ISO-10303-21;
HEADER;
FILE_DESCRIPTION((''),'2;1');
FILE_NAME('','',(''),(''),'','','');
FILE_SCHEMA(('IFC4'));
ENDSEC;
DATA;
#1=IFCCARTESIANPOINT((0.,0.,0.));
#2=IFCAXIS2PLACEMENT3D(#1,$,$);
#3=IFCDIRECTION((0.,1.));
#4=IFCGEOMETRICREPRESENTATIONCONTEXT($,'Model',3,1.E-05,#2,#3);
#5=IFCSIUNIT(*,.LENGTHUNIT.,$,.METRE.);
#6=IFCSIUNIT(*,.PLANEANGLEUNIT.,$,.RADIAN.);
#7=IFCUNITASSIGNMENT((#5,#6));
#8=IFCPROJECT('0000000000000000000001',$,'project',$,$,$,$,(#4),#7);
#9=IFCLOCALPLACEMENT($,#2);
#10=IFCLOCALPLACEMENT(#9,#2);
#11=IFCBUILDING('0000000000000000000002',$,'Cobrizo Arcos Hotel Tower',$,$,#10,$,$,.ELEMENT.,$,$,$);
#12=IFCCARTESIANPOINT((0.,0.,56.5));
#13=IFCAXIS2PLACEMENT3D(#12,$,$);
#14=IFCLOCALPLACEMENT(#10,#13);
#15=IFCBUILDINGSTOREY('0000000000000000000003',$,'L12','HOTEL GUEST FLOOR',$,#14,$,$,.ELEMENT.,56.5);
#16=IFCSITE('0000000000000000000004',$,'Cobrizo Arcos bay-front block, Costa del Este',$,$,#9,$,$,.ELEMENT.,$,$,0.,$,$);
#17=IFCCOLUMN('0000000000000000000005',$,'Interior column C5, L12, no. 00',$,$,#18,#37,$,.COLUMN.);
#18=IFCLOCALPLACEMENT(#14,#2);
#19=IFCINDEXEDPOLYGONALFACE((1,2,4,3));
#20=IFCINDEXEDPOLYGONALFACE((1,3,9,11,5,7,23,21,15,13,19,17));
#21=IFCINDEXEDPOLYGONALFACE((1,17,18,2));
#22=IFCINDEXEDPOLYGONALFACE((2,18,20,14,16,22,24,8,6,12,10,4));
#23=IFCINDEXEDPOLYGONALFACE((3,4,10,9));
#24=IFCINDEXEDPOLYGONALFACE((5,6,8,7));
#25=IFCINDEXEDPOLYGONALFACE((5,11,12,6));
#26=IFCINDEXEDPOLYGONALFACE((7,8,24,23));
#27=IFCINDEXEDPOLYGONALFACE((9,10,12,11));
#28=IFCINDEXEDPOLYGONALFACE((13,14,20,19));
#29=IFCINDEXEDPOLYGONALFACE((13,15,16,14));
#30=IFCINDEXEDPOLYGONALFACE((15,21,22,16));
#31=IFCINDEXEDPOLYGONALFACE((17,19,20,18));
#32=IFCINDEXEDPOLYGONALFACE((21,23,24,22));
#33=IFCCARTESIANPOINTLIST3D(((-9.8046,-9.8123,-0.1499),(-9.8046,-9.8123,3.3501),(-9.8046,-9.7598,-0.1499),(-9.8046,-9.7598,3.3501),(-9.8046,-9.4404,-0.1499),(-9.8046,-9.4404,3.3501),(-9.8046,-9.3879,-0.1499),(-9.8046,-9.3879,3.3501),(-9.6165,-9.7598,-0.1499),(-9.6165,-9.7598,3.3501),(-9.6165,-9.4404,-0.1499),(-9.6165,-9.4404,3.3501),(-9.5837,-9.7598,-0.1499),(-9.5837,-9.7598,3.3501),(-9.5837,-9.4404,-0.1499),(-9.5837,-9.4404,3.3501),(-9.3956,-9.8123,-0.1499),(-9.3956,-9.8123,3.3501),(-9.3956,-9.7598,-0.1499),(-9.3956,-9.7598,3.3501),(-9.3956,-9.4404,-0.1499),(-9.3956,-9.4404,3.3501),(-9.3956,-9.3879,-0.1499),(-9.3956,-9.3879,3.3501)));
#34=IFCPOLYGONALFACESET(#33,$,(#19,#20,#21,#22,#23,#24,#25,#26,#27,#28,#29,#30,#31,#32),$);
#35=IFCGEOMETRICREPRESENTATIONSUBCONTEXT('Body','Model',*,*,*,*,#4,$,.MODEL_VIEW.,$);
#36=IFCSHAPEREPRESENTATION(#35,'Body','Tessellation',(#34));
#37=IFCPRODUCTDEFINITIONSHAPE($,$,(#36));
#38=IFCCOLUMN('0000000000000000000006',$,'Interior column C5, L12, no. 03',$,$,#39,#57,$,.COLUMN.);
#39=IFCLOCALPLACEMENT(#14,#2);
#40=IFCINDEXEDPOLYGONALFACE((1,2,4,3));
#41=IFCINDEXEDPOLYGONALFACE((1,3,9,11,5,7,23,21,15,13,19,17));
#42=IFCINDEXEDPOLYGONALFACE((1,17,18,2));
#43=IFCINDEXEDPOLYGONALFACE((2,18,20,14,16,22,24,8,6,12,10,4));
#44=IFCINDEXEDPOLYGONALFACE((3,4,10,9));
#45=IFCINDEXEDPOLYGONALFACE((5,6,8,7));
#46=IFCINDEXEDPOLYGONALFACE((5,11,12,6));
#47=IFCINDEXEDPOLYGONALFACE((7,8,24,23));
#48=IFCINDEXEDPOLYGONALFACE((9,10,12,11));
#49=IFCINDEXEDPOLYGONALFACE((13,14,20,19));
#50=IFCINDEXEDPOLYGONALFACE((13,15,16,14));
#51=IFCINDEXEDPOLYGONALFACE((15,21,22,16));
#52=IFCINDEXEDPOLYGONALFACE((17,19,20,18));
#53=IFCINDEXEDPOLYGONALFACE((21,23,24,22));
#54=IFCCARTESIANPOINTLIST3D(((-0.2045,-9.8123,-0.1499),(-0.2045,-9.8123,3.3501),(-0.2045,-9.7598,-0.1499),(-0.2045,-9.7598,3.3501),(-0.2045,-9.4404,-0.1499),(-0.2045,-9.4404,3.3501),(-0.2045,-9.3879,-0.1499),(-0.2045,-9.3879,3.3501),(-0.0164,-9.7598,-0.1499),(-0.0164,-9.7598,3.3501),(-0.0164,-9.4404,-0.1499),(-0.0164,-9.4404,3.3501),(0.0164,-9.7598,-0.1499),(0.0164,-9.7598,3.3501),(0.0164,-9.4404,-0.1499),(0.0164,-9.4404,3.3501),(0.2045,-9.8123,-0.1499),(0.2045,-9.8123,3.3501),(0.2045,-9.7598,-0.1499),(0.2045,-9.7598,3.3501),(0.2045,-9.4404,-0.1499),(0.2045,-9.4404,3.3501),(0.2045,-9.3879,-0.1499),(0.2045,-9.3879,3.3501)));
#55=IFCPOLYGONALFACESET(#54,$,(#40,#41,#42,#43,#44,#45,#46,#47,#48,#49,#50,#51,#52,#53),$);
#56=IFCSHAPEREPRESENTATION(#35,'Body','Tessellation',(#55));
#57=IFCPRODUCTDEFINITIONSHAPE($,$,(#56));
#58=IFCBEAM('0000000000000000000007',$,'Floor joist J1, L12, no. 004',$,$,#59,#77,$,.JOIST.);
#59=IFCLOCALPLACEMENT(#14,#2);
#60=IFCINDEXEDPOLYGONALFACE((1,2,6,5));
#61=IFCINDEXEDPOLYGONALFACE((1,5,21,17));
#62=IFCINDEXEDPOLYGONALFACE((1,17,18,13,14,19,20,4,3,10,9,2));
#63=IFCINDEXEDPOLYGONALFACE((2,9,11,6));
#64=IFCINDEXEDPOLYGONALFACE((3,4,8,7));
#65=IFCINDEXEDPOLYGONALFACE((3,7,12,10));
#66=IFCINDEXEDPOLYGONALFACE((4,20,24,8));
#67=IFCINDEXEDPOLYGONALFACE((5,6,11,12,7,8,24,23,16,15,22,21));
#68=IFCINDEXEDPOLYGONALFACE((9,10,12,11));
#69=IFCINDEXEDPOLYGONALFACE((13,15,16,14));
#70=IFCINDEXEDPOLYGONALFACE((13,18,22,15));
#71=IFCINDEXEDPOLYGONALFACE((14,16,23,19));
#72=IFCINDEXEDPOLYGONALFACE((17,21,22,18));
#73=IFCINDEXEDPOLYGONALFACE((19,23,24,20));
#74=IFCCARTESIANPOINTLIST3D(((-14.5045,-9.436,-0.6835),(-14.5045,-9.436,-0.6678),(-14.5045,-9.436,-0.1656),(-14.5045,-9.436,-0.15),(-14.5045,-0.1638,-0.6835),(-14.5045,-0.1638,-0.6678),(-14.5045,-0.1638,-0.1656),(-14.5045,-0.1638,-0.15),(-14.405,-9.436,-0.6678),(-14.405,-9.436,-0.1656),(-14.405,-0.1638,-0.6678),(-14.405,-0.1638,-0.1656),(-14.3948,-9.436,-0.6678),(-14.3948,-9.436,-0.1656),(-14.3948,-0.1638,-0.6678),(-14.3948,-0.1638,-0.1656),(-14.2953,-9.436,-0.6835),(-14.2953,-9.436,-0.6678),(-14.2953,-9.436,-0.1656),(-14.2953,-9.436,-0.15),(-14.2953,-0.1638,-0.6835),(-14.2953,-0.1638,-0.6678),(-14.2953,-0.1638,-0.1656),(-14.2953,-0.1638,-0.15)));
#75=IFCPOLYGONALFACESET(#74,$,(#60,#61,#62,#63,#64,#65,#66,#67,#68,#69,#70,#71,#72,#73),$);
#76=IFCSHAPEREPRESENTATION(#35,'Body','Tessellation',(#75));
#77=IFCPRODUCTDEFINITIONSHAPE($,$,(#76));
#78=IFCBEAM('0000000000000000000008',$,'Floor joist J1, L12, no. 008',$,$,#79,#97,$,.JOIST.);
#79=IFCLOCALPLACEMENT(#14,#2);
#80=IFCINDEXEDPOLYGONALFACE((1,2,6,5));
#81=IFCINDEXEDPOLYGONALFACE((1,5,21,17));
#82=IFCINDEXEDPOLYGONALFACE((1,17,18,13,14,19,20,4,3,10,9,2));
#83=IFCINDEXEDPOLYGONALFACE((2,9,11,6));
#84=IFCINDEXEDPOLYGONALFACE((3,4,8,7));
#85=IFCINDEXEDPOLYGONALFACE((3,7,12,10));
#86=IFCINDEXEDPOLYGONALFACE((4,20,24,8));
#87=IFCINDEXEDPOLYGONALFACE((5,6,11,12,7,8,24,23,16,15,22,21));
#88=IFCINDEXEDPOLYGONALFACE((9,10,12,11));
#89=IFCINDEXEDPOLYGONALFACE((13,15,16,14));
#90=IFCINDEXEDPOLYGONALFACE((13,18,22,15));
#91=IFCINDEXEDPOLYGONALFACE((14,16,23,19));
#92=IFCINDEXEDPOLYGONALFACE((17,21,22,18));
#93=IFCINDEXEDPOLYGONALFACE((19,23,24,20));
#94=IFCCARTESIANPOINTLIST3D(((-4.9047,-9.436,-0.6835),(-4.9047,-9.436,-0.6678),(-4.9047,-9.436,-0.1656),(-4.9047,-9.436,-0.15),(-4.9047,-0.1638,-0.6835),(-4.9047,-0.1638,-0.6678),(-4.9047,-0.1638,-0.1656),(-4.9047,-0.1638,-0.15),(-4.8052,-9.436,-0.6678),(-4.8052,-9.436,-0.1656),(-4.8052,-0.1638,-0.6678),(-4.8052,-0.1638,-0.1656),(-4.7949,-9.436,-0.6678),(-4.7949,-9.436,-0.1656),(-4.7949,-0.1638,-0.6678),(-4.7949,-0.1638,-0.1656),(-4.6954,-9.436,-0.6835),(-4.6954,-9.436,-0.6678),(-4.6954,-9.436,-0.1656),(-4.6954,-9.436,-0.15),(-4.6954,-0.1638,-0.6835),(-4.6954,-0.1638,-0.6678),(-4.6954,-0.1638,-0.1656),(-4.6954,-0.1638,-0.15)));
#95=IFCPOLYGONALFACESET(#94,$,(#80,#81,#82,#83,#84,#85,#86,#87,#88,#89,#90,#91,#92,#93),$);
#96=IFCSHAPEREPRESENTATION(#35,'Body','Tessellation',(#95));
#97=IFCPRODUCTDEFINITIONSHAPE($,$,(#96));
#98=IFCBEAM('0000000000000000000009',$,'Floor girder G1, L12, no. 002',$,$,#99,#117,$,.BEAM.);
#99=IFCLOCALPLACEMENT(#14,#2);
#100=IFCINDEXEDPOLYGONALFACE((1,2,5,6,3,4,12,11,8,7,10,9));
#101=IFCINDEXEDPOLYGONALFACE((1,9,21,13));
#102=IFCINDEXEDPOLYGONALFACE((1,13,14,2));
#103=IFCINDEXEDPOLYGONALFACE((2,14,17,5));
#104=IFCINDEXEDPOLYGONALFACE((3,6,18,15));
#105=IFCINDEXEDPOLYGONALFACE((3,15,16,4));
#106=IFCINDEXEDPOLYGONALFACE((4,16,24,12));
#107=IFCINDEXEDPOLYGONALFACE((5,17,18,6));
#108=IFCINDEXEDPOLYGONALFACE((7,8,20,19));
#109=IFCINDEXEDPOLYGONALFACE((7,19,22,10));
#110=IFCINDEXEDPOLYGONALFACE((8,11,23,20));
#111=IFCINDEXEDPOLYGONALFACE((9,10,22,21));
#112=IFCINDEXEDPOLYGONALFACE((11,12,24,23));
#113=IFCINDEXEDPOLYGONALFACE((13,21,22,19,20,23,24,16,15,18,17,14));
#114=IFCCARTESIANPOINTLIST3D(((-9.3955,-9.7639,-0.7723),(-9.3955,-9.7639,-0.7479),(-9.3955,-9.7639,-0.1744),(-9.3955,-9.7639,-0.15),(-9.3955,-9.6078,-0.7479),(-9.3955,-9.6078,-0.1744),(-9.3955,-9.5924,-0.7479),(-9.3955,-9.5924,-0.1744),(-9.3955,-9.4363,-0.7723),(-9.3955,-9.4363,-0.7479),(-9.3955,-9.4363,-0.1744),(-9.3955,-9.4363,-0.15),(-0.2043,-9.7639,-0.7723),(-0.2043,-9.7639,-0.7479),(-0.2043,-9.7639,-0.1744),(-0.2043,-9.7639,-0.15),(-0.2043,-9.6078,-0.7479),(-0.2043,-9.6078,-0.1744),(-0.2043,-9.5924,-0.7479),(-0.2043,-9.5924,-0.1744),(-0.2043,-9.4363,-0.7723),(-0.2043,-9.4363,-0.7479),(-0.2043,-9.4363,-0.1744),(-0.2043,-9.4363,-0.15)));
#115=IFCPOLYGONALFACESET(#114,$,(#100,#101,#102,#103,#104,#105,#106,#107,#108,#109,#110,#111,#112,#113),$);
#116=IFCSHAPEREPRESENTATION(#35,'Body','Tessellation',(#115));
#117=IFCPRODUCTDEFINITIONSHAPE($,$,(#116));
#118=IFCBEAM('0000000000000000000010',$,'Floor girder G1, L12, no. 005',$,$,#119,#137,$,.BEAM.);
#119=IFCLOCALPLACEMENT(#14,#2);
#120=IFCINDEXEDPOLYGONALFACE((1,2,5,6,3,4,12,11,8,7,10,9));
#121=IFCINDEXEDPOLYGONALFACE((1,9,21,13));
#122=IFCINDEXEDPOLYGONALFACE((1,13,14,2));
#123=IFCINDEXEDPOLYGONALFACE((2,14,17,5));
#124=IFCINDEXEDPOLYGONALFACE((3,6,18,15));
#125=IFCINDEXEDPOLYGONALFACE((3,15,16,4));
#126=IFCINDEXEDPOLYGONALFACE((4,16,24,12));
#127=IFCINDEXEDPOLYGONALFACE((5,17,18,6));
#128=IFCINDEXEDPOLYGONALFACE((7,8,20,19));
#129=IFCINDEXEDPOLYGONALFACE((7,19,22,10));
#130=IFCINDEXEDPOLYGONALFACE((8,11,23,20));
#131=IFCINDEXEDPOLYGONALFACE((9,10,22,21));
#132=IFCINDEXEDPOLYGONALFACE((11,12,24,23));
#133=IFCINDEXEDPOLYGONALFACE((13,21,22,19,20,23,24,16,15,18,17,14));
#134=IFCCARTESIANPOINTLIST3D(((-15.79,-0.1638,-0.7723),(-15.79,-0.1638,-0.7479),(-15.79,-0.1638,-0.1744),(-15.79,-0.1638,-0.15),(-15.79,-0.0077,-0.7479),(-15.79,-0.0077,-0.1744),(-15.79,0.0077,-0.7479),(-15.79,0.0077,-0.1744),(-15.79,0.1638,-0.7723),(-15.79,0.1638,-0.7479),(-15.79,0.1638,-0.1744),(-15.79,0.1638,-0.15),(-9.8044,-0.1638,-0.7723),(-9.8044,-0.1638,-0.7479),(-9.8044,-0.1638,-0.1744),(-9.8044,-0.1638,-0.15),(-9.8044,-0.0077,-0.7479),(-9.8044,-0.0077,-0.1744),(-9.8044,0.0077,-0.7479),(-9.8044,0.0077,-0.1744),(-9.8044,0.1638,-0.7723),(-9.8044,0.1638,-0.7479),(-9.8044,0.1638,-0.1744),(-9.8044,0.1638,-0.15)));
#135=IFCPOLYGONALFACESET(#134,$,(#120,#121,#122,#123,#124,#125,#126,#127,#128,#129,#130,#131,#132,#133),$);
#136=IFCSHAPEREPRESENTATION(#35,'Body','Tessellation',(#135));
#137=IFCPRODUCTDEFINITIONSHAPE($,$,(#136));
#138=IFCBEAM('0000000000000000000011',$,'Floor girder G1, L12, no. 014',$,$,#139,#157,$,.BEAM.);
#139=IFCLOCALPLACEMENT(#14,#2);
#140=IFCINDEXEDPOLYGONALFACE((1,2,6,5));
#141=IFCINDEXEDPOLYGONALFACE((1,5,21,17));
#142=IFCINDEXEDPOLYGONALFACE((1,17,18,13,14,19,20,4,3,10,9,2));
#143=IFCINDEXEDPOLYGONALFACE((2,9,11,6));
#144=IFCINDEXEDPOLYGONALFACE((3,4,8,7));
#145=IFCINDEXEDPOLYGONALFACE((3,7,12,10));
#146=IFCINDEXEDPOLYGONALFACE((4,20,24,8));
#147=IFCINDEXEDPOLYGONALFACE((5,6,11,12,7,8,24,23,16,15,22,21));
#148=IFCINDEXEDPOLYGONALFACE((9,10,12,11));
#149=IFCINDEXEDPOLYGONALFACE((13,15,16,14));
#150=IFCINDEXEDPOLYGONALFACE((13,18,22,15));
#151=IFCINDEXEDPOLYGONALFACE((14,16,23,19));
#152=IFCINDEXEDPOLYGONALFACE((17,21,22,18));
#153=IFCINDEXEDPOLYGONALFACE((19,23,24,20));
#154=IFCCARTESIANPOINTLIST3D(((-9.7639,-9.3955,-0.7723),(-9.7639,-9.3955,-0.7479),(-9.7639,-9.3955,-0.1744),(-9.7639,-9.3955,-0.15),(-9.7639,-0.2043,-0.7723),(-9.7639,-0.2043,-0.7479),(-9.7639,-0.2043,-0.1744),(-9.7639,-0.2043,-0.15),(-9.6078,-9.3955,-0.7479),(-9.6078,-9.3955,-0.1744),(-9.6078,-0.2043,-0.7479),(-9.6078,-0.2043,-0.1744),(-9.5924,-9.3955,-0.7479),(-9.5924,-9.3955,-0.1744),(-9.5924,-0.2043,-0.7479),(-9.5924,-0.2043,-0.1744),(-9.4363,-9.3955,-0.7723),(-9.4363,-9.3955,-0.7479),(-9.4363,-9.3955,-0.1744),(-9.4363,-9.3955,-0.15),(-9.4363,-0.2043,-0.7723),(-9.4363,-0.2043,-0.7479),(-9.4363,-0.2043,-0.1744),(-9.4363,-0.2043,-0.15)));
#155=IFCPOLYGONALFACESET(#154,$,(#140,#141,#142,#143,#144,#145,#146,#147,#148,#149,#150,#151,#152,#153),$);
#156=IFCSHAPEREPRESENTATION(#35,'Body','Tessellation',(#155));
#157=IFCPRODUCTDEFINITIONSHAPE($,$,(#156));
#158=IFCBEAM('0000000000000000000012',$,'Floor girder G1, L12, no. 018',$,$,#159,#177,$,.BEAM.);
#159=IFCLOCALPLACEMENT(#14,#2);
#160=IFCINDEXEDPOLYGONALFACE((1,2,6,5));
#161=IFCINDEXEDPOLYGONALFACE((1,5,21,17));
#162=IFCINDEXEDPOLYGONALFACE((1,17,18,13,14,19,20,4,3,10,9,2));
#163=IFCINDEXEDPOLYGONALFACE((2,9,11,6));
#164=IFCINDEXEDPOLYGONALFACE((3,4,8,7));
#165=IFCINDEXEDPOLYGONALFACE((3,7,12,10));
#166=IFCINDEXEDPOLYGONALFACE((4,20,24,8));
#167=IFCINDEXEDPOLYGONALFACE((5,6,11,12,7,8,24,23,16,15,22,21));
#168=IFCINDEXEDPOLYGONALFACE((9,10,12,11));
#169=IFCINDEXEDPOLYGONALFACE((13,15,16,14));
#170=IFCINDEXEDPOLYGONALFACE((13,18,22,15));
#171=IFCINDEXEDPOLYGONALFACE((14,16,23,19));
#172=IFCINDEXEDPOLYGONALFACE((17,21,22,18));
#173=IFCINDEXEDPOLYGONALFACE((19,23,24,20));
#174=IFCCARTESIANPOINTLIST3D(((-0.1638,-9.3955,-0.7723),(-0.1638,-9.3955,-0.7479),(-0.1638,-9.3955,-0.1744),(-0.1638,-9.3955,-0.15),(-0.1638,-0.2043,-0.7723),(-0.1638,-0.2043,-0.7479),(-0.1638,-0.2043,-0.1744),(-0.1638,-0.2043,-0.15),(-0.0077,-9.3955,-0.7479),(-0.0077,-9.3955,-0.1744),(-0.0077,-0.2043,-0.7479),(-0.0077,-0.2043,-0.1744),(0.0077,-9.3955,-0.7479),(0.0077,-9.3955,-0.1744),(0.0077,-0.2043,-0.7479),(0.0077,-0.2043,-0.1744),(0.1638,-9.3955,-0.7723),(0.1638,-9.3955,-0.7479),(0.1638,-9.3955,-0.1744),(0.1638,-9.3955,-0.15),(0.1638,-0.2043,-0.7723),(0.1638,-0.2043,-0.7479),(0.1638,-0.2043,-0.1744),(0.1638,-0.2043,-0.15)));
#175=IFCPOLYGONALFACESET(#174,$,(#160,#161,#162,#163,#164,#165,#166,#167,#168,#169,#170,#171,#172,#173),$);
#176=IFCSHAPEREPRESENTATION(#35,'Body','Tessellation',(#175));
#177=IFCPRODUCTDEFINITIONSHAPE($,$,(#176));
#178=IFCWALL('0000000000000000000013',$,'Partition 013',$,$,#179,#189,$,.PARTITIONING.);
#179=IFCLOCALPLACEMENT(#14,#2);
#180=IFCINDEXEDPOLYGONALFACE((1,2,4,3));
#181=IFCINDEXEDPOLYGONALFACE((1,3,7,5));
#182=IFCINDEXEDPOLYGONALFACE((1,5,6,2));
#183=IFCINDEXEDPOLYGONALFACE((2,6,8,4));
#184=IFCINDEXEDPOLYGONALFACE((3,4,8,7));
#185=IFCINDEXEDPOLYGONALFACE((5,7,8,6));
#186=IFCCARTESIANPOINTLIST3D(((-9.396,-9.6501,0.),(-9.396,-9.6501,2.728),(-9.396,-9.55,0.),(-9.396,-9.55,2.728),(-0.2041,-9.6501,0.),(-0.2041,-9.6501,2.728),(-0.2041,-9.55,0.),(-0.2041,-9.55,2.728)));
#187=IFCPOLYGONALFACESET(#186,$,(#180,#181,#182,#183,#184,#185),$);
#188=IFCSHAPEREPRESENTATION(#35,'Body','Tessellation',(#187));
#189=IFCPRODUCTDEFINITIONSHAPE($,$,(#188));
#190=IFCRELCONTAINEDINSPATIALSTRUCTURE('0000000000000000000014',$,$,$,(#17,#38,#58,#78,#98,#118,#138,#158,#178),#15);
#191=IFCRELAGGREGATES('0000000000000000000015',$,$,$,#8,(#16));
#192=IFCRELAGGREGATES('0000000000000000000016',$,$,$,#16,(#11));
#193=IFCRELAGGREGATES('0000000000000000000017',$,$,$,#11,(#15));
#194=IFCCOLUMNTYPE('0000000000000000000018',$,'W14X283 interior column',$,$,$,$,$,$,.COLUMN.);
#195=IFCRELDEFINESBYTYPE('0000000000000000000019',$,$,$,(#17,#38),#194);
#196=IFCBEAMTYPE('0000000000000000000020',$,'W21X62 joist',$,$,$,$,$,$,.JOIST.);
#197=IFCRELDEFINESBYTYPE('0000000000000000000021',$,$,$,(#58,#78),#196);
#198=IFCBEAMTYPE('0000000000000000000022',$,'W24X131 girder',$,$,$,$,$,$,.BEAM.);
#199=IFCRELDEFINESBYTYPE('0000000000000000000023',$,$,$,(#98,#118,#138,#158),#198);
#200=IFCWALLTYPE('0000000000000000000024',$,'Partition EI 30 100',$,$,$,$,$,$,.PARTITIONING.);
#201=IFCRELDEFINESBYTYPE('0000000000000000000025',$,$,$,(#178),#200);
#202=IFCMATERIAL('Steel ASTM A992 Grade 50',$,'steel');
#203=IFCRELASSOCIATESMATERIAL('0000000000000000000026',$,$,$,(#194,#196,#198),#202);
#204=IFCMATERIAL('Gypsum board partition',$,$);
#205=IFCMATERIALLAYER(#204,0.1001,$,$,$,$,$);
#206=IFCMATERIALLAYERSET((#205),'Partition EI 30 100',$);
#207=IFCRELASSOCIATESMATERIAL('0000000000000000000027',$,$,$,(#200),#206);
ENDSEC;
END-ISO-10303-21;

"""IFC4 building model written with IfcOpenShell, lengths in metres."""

from ifc_helpers import new_model, si_unit, direction, frame, frame_2d, origin, origin_2d, place, context, subcontext, project, spatial, rectangle, i_section, extrude, material, layer, layer_set, material_profile, profile_set, type_object, element, save


model = new_model("IFC4")

# Units and contexts
model_context = context("Model", 3, precision=1e-05, world=origin(), true_north=direction((0.0, 1.0)))
body_context = subcontext(model_context, "Body", "Model", "MODEL_VIEW")
ifc_project = project(units=[si_unit("LENGTHUNIT", "METRE"), si_unit("PLANEANGLEUNIT", "RADIAN")], contexts=[model_context])

# Site, building, storey
site_placement = place(None, origin())
site = spatial("IfcSite", under=ifc_project, at=site_placement, Name="Cobrizo Arcos bay-front block, Costa del Este", CompositionType="ELEMENT", RefElevation=0.0)
building_placement = place(site_placement, origin())
building = spatial("IfcBuilding", under=site, at=building_placement, Name="Cobrizo Arcos Hotel Tower", CompositionType="ELEMENT")
storey_placement = place(building_placement, frame((0.0, 0.0, 56.5)))
storey = spatial("IfcBuildingStorey", under=building, at=storey_placement, Name="L12", Description="HOTEL GUEST FLOOR", CompositionType="ELEMENT", Elevation=56.5)

# Columns
ifc_material_1 = material(Name="Steel ASTM A992 Grade 50", Category="steel")
ifc_material_profile_1 = material_profile(ifc_material_1, i_section(OverallWidth=0.4089, OverallDepth=0.4243, WebThickness=0.0327, FlangeThickness=0.0525, at=origin_2d()), Name="W14X283")
ifc_profile_set_1 = profile_set([ifc_material_profile_1], Name="Steel ASTM A992 Grade 50")
column_type = type_object("IfcColumnType", Name="W14X283 interior column", PredefinedType="COLUMN", material=ifc_profile_set_1)
for number, where, z_axis, x_axis, name in (
    (1, (-9.6001, -9.6001, -0.1499), (0.0, 0.0, 1.0), (1.0, 0.0, 0.0), "Interior column C5, L12, no. 00"),
    (2, (0.0, -9.6001, -0.1499), (0.0, 0.0, 1.0), (1.0, 0.0, 0.0), "Interior column C5, L12, no. 03"),
):
    element("IfcColumn", number, at=place(storey_placement, frame(where, z_axis=z_axis, x_axis=x_axis)), inside=storey, type_object=column_type, Name=name, PredefinedType="COLUMN", context=body_context, shape_type="SweptSolid", body=[
        extrude(i_section(OverallWidth=0.4089, OverallDepth=0.4243, WebThickness=0.0327, FlangeThickness=0.0525, at=origin_2d()), origin(), (0.0, 0.0, 1.0), 3.5),
    ])

# Beams
ifc_material_profile_2 = material_profile(ifc_material_1, i_section(OverallWidth=0.2092, OverallDepth=0.5334, WebThickness=0.0103, FlangeThickness=0.0156, at=origin_2d()), Name="W21X62")
ifc_profile_set_2 = profile_set([ifc_material_profile_2], Name="Steel ASTM A992 Grade 50")
beam_type_1 = type_object("IfcBeamType", Name="W21X62 joist", PredefinedType="JOIST", material=ifc_profile_set_2)
for number, where, z_axis, x_axis, name in (
    (3, (-14.3999, -9.436, -0.4167), (0.0, 1.0, 0.0), (-1.0, 0.0, 0.0), "Floor joist J1, L12, no. 004"),
    (4, (-4.8, -9.436, -0.4167), (0.0, 1.0, 0.0), (-1.0, 0.0, 0.0), "Floor joist J1, L12, no. 008"),
):
    element("IfcBeam", number, at=place(storey_placement, frame(where, z_axis=z_axis, x_axis=x_axis)), inside=storey, type_object=beam_type_1, Name=name, PredefinedType="JOIST", context=body_context, shape_type="SweptSolid", body=[
        extrude(i_section(OverallWidth=0.2092, OverallDepth=0.5334, WebThickness=0.0103, FlangeThickness=0.0156, at=origin_2d()), origin(), (0.0, 0.0, 1.0), 9.2722),
    ])
ifc_material_profile_3 = material_profile(ifc_material_1, i_section(OverallWidth=0.3276, OverallDepth=0.6223, WebThickness=0.0154, FlangeThickness=0.0244, at=origin_2d()), Name="W24X131")
ifc_profile_set_3 = profile_set([ifc_material_profile_3], Name="Steel ASTM A992 Grade 50")
beam_type_2 = type_object("IfcBeamType", Name="W24X131 girder", PredefinedType="BEAM", material=ifc_profile_set_3)
beam_1_placement = place(storey_placement, frame((-9.3955, -9.6001, -0.4612), z_axis=(1.0, 0.0, 0.0), x_axis=(0.0, 1.0, 0.0)))
element("IfcBeam", 5, at=beam_1_placement, inside=storey, type_object=beam_type_2, Name="Floor girder G1, L12, no. 002", PredefinedType="BEAM", context=body_context, shape_type="SweptSolid", body=[
    extrude(i_section(OverallWidth=0.3276, OverallDepth=0.6223, WebThickness=0.0154, FlangeThickness=0.0244, at=origin_2d()), origin(), (0.0, 0.0, 1.0), 9.1912),
])
beam_2_placement = place(storey_placement, frame((-15.79, 0.0, -0.4612), z_axis=(1.0, 0.0, 0.0), x_axis=(0.0, 1.0, 0.0)))
element("IfcBeam", 6, at=beam_2_placement, inside=storey, type_object=beam_type_2, Name="Floor girder G1, L12, no. 005", PredefinedType="BEAM", context=body_context, shape_type="SweptSolid", body=[
    extrude(i_section(OverallWidth=0.3276, OverallDepth=0.6223, WebThickness=0.0154, FlangeThickness=0.0244, at=origin_2d()), origin(), (0.0, 0.0, 1.0), 5.9856),
])
for number, where, z_axis, x_axis, name in (
    (7, (-9.6001, -9.3955, -0.4612), (0.0, 1.0, 0.0), (-1.0, 0.0, 0.0), "Floor girder G1, L12, no. 014"),
    (8, (0.0, -9.3955, -0.4612), (0.0, 1.0, 0.0), (-1.0, 0.0, 0.0), "Floor girder G1, L12, no. 018"),
):
    element("IfcBeam", number, at=place(storey_placement, frame(where, z_axis=z_axis, x_axis=x_axis)), inside=storey, type_object=beam_type_2, Name=name, PredefinedType="BEAM", context=body_context, shape_type="SweptSolid", body=[
        extrude(i_section(OverallWidth=0.3276, OverallDepth=0.6223, WebThickness=0.0154, FlangeThickness=0.0244, at=origin_2d()), origin(), (0.0, 0.0, 1.0), 9.1912),
    ])

# Wall
ifc_material_2 = material(Name="Gypsum board partition")
ifc_layer_1 = layer(ifc_material_2, 0.1001)
ifc_layer_set_1 = layer_set([ifc_layer_1], Name="Partition EI 30 100")
wall_type_1 = type_object("IfcWallType", Name="Partition EI 30 100", PredefinedType="PARTITIONING", material=ifc_layer_set_1)
wall_1_placement = place(storey_placement, frame((-9.396, -9.6001, 0.0), z_axis=(0.0, 0.0, 1.0), x_axis=(1.0, 0.0, 0.0)))
element("IfcWall", 9, at=wall_1_placement, inside=storey, type_object=wall_type_1, Name="Partition 013", PredefinedType="PARTITIONING", context=body_context, shape_type="SweptSolid", body=[
    extrude(rectangle(XDim=9.1919, YDim=0.1001, at=frame_2d((4.5959, 0.0))), origin(), (0.0, 0.0, 1.0), 2.728),
])

save(model, "model.ifc")
